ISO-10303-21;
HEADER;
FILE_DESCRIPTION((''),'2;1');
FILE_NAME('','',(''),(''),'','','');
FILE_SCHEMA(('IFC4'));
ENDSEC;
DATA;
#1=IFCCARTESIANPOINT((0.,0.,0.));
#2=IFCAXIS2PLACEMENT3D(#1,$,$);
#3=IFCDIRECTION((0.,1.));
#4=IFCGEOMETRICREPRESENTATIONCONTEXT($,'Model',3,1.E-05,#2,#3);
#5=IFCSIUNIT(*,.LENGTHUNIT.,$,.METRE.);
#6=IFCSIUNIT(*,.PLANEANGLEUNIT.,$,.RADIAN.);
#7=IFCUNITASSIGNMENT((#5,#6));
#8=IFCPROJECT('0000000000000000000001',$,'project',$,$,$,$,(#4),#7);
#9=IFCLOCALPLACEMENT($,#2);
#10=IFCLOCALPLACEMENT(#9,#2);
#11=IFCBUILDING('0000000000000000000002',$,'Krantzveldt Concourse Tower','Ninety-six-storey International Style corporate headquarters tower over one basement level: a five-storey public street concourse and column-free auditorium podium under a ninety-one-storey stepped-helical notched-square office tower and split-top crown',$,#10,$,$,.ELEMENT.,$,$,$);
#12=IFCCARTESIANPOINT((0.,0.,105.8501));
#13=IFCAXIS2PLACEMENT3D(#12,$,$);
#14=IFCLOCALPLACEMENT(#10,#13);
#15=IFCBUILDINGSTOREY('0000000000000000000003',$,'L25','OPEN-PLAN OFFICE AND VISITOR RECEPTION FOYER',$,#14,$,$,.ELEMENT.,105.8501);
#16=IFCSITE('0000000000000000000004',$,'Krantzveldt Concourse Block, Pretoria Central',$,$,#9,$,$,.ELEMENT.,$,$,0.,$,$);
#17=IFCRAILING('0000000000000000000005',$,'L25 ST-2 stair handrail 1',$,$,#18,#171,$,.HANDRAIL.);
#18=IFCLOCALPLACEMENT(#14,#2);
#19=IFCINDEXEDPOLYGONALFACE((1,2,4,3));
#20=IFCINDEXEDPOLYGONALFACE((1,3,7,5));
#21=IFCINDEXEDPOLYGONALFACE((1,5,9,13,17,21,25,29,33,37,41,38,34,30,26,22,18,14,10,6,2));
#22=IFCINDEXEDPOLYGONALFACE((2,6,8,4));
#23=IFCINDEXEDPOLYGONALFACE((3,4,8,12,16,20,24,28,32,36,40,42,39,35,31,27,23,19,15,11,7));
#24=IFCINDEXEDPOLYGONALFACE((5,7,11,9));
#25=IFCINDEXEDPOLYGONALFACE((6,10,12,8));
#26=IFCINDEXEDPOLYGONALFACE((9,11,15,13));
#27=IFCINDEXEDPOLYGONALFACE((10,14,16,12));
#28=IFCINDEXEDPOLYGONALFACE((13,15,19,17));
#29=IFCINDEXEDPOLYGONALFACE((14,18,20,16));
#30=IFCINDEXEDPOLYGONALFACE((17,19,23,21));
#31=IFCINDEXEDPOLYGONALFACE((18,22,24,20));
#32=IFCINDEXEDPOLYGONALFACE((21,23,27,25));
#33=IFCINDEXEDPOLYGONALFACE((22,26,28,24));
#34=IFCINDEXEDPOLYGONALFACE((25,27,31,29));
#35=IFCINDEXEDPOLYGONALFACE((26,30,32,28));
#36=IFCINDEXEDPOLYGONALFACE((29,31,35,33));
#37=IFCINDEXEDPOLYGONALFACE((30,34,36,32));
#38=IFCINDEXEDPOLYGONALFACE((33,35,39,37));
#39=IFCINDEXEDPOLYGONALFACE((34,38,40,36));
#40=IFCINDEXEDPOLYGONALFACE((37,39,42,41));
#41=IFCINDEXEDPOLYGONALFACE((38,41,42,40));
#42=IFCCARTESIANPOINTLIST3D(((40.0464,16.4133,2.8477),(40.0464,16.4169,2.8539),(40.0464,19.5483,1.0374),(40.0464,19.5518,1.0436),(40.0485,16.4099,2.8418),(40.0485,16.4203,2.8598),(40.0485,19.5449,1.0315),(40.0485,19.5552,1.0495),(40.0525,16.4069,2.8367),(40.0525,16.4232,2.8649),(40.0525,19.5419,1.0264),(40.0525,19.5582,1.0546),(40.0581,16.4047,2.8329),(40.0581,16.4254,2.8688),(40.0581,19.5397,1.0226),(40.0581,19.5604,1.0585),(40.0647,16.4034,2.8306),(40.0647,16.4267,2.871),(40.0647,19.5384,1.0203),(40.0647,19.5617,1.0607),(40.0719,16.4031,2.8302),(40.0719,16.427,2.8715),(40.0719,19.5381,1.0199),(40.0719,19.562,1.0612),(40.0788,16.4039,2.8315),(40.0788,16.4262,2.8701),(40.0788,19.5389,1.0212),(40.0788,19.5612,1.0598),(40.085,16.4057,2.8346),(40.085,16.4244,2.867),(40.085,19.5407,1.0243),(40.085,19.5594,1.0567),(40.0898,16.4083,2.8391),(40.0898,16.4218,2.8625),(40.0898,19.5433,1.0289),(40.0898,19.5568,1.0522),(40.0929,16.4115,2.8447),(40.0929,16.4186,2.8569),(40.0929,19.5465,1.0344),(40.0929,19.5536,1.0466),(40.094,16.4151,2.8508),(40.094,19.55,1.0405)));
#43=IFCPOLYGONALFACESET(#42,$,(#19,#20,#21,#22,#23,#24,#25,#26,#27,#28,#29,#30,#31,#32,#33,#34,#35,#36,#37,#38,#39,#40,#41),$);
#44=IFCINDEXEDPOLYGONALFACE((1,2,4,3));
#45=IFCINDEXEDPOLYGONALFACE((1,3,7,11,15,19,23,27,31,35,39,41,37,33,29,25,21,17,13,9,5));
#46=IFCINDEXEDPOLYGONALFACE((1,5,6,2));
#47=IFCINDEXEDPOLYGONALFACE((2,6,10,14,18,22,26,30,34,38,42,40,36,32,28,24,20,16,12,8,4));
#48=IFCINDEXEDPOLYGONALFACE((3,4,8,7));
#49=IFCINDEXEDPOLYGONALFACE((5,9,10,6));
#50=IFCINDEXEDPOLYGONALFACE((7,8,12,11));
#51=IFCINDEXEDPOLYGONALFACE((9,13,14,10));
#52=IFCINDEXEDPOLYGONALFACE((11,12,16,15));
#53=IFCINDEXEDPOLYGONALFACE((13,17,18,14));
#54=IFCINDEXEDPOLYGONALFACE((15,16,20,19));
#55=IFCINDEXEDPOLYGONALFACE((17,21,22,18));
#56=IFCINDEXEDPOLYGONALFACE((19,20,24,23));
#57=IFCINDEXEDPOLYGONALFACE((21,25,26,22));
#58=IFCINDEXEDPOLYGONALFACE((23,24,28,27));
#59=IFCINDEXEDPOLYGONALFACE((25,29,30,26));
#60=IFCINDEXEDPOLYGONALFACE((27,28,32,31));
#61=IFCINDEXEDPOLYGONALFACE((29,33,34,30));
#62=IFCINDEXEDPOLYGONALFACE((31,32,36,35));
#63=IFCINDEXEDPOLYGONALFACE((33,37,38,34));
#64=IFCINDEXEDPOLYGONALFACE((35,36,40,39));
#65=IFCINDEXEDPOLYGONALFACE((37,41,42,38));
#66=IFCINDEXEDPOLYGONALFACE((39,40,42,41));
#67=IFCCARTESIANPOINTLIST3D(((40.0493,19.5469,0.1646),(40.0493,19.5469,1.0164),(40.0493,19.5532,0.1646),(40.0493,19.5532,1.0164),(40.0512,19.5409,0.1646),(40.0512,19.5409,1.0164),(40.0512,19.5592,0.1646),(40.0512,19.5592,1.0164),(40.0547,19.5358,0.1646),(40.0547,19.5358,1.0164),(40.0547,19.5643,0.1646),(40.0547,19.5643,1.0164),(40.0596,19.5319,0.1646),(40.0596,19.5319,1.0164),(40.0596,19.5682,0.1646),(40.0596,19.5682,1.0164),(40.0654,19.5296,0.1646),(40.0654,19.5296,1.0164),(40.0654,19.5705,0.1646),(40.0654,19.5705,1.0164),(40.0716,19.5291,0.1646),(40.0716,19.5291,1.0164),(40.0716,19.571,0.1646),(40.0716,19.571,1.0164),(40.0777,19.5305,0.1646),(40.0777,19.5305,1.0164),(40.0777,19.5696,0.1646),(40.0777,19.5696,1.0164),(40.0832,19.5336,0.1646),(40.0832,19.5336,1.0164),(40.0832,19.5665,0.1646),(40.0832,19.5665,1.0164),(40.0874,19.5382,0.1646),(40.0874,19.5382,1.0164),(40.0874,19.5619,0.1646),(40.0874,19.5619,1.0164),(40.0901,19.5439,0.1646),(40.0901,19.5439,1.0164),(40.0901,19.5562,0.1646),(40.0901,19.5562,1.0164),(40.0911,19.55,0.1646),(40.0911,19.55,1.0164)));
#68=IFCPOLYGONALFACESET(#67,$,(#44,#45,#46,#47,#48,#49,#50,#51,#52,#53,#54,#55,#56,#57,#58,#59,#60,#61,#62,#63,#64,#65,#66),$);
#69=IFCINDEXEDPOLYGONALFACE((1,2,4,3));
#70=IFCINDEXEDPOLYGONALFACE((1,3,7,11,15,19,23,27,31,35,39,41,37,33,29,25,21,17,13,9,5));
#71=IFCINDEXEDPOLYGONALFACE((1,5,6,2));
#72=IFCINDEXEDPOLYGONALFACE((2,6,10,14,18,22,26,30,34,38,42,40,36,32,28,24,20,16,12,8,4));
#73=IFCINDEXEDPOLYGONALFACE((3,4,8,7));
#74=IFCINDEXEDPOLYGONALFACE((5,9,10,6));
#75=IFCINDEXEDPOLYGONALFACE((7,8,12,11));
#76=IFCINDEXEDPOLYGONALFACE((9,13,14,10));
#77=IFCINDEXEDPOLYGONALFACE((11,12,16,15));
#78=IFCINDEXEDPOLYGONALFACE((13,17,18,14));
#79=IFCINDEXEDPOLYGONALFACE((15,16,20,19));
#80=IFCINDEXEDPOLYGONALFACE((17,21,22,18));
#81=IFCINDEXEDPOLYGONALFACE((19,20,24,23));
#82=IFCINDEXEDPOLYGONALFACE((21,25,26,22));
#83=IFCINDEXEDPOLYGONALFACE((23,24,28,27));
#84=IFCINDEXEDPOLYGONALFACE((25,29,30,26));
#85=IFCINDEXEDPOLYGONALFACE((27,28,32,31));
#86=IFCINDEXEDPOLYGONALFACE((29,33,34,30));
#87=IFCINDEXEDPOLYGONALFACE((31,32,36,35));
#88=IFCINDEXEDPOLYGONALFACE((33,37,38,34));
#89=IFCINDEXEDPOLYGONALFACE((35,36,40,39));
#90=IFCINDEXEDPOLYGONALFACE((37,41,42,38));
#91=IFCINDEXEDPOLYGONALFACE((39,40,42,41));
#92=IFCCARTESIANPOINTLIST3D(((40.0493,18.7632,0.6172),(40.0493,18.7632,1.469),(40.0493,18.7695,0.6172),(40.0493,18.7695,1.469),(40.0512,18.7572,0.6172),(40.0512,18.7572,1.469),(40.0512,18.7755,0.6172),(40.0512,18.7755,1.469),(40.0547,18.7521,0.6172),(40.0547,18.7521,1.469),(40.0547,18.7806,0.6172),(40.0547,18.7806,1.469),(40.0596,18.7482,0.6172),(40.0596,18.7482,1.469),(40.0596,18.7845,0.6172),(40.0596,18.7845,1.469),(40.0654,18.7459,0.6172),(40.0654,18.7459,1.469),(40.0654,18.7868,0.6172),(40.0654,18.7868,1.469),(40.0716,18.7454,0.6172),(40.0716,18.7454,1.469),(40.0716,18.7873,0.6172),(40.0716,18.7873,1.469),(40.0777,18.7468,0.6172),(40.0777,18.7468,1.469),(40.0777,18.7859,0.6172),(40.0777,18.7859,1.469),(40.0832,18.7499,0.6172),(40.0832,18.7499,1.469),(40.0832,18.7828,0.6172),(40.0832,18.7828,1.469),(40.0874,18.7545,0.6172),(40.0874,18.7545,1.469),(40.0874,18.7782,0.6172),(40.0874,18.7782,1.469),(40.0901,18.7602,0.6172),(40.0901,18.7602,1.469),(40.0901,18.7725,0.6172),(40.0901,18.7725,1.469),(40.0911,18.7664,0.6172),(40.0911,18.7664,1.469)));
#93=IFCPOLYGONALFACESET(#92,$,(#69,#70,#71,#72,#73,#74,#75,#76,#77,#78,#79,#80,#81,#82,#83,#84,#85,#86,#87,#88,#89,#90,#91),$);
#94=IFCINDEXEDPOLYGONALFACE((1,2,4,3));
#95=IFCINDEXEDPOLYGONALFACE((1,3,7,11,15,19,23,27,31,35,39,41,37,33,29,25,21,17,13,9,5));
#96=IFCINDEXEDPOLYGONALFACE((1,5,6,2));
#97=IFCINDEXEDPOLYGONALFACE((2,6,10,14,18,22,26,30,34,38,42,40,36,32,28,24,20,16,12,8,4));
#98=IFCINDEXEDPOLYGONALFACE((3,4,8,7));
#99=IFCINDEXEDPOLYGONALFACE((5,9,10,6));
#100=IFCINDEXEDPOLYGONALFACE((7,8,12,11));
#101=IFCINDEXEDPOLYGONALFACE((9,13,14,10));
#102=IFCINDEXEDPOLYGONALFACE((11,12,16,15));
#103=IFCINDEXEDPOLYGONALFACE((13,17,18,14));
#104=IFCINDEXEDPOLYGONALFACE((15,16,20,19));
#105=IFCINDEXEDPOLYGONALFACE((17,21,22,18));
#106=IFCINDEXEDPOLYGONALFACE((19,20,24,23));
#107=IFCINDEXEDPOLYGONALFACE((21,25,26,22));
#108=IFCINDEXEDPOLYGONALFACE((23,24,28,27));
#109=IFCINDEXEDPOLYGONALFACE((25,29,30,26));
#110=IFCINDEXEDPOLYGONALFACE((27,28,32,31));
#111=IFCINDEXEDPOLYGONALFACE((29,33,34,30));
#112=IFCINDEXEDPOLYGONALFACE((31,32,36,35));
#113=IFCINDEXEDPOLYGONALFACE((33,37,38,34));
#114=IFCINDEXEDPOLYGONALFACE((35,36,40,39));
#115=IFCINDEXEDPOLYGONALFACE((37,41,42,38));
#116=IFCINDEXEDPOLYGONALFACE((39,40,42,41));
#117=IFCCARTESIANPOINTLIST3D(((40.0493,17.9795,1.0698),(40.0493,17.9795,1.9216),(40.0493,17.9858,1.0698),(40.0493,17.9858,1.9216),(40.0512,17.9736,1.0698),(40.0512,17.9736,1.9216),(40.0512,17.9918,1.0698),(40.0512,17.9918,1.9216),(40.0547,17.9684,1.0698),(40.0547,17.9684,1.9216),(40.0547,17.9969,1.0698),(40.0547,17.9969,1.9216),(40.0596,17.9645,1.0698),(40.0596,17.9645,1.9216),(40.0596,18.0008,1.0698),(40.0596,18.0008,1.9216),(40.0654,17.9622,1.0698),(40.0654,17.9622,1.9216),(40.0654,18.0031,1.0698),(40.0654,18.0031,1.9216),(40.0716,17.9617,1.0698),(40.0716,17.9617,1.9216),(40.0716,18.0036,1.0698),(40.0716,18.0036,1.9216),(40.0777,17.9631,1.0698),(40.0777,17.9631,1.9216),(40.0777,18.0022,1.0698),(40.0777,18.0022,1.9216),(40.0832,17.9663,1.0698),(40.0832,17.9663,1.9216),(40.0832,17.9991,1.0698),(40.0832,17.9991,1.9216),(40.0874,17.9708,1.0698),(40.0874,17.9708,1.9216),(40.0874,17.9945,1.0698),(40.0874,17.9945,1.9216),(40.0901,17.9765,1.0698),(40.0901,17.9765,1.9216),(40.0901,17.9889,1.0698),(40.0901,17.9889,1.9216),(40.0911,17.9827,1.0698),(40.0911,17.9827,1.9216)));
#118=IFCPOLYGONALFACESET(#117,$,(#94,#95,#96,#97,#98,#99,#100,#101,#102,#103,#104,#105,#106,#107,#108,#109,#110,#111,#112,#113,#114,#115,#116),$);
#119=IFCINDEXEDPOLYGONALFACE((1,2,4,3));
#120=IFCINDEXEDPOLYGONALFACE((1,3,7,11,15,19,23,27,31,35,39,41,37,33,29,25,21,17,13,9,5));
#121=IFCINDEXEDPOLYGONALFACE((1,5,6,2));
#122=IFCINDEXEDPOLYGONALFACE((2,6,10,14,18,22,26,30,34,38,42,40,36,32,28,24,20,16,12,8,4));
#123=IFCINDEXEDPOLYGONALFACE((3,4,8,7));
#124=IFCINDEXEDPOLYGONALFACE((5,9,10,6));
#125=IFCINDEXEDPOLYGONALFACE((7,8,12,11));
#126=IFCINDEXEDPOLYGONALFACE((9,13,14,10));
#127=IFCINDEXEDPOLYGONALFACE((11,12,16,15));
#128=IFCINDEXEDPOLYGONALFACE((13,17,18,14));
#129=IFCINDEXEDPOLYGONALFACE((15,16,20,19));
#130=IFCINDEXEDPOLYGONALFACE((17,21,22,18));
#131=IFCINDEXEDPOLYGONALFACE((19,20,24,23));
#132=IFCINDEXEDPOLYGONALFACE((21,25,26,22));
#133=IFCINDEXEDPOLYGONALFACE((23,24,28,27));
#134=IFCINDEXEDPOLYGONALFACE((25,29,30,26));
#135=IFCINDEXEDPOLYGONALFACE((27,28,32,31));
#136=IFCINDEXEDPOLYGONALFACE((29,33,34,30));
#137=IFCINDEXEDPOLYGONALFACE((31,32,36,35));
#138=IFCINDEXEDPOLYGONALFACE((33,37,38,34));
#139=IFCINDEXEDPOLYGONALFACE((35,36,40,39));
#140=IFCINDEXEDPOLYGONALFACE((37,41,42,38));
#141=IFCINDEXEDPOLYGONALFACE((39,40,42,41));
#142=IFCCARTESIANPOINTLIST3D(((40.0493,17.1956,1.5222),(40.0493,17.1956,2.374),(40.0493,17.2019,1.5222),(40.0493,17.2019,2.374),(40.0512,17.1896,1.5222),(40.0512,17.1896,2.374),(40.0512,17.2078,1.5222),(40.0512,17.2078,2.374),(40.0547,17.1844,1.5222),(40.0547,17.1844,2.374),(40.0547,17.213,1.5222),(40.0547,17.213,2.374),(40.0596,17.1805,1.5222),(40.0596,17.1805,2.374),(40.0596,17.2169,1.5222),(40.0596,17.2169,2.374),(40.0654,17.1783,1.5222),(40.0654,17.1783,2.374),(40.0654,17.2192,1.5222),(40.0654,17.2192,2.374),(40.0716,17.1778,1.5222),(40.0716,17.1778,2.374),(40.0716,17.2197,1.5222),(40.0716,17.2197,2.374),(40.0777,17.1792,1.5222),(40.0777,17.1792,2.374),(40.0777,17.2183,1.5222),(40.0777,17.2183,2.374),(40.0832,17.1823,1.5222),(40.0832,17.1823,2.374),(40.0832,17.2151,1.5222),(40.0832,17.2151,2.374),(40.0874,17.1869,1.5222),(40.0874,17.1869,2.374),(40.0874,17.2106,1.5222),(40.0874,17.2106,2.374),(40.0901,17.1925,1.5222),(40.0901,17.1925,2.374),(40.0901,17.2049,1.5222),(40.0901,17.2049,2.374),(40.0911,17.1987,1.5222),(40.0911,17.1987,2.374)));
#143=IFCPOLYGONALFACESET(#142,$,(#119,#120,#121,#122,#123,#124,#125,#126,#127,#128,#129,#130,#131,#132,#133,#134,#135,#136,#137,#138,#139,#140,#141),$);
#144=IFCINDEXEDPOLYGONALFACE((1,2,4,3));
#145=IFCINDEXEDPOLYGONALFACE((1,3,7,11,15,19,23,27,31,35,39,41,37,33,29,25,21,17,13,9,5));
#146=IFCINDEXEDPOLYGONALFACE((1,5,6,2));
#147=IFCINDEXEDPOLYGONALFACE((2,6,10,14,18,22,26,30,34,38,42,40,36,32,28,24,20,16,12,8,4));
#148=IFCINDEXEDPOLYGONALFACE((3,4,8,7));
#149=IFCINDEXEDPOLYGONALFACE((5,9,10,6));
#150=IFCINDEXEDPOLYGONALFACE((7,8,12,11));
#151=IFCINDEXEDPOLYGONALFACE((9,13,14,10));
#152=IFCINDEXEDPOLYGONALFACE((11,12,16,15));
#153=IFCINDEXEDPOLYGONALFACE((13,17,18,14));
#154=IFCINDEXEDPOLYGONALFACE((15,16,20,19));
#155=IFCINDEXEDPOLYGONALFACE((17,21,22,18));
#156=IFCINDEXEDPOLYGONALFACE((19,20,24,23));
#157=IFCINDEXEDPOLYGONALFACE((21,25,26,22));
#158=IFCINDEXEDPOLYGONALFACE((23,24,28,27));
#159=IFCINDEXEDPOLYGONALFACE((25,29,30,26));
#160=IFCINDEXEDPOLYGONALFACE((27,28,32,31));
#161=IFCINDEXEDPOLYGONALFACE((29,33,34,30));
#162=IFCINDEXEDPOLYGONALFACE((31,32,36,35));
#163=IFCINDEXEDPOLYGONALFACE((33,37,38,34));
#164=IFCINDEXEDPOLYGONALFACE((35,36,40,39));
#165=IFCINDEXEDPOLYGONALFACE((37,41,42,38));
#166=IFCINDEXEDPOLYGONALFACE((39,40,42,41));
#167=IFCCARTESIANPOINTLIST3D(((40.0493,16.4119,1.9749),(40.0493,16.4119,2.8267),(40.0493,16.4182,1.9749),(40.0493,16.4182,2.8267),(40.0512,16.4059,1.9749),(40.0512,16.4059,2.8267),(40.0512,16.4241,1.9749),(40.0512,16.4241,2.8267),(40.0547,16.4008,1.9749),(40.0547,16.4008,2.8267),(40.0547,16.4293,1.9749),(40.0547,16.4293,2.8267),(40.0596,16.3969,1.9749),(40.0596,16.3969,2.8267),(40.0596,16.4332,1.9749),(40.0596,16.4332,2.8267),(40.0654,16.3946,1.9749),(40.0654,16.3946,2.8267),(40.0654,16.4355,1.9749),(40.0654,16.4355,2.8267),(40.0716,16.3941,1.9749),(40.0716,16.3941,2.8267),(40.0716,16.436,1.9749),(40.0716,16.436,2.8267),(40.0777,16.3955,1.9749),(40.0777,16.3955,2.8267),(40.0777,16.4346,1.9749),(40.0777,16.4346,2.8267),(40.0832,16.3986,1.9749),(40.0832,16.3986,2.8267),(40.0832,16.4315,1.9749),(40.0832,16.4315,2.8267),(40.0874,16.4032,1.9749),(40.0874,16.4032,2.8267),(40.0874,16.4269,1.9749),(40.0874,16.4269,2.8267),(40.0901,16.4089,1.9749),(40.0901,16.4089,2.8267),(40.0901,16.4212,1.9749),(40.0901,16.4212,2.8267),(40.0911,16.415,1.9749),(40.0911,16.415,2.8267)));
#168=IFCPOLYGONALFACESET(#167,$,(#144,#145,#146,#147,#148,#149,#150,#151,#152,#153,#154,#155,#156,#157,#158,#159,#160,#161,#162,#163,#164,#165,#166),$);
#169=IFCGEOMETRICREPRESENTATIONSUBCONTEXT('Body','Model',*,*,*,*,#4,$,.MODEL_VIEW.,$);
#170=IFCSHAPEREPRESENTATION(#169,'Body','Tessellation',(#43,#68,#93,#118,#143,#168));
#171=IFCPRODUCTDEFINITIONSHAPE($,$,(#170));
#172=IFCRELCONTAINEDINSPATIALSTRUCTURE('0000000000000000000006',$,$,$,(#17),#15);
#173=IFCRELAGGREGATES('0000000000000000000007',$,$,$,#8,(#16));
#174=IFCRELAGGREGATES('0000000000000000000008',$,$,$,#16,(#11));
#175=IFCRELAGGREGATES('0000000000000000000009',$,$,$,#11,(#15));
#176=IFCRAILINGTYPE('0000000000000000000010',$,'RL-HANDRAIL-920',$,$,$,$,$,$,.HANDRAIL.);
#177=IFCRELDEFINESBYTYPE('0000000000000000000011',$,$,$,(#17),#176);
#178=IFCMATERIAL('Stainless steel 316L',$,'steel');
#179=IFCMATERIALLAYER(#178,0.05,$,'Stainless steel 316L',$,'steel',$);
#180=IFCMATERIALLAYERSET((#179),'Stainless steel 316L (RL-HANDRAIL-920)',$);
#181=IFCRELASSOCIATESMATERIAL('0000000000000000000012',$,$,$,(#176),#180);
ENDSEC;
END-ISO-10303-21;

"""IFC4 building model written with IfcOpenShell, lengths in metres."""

from ifc_helpers import new_model, si_unit, direction, frame, origin, origin_2d, place, context, subcontext, project, spatial, circle, extrude, material, layer, layer_set, type_object, element, save


model = new_model("IFC4")

# Units and contexts
model_context = context("Model", 3, precision=1e-05, world=origin(), true_north=direction((0.0, 1.0)))
body_context = subcontext(model_context, "Body", "Model", "MODEL_VIEW")
ifc_project = project(units=[si_unit("LENGTHUNIT", "METRE"), si_unit("PLANEANGLEUNIT", "RADIAN")], contexts=[model_context])

# Site, building, storey
site_placement = place(None, origin())
site = spatial("IfcSite", under=ifc_project, at=site_placement, Name="Krantzveldt Concourse Block, Pretoria Central", CompositionType="ELEMENT", RefElevation=0.0)
building_placement = place(site_placement, origin())
building = spatial("IfcBuilding", under=site, at=building_placement, Name="Krantzveldt Concourse Tower", Description="Ninety-six-storey International Style corporate headquarters tower over one basement level: a five-storey public street concourse and column-free auditorium podium under a ninety-one-storey stepped-helical notched-square office tower and split-top crown", CompositionType="ELEMENT")
storey_placement = place(building_placement, frame((0.0, 0.0, 105.8501)))
storey = spatial("IfcBuildingStorey", under=building, at=storey_placement, Name="L25", Description="OPEN-PLAN OFFICE AND VISITOR RECEPTION FOYER", CompositionType="ELEMENT", Elevation=105.8501)

# Shared definitions
ifc_material_1 = material(Name="Stainless steel 316L", Category="steel")

# Railing
ifc_layer_1 = layer(ifc_material_1, 0.05, Name="Stainless steel 316L", Category="steel")
ifc_layer_set_1 = layer_set([ifc_layer_1], Name="Stainless steel 316L (RL-HANDRAIL-920)")
railing_type_1 = type_object("IfcRailingType", Name="RL-HANDRAIL-920", PredefinedType="HANDRAIL", material=ifc_layer_set_1)
railing_1_placement = place(storey_placement, frame((40.0701, 19.55, 0.1646)))
element("IfcRailing", 1, at=railing_1_placement, inside=storey, type_object=railing_type_1, Name="L25 ST-2 stair handrail 1", PredefinedType="HANDRAIL", context=body_context, shape_type="SweptSolid", body=[
    extrude(circle(Radius=0.0239, at=origin_2d()), frame((0.0, 0.0, 0.876), z_axis=(0.0, -0.865989, 0.500063), x_axis=(1.0, 0.0, 0.0)), (0.0, 0.0, 1.0), 3.6201),
    extrude(circle(Radius=0.021, at=origin_2d()), origin(), (0.0, 0.0, 1.0), 0.8518),
    extrude(circle(Radius=0.021, at=origin_2d()), frame((0.0, -0.7837, 0.4526)), (0.0, 0.0, 1.0), 0.8518),
    extrude(circle(Radius=0.021, at=origin_2d()), frame((0.0, -1.5674, 0.9053)), (0.0, 0.0, 1.0), 0.8518),
    extrude(circle(Radius=0.021, at=origin_2d()), frame((0.0, -2.3513, 1.3577)), (0.0, 0.0, 1.0), 0.8518),
    extrude(circle(Radius=0.021, at=origin_2d()), frame((0.0, -3.135, 1.8103)), (0.0, 0.0, 1.0), 0.8518),
])

save(model, "model.ifc")
